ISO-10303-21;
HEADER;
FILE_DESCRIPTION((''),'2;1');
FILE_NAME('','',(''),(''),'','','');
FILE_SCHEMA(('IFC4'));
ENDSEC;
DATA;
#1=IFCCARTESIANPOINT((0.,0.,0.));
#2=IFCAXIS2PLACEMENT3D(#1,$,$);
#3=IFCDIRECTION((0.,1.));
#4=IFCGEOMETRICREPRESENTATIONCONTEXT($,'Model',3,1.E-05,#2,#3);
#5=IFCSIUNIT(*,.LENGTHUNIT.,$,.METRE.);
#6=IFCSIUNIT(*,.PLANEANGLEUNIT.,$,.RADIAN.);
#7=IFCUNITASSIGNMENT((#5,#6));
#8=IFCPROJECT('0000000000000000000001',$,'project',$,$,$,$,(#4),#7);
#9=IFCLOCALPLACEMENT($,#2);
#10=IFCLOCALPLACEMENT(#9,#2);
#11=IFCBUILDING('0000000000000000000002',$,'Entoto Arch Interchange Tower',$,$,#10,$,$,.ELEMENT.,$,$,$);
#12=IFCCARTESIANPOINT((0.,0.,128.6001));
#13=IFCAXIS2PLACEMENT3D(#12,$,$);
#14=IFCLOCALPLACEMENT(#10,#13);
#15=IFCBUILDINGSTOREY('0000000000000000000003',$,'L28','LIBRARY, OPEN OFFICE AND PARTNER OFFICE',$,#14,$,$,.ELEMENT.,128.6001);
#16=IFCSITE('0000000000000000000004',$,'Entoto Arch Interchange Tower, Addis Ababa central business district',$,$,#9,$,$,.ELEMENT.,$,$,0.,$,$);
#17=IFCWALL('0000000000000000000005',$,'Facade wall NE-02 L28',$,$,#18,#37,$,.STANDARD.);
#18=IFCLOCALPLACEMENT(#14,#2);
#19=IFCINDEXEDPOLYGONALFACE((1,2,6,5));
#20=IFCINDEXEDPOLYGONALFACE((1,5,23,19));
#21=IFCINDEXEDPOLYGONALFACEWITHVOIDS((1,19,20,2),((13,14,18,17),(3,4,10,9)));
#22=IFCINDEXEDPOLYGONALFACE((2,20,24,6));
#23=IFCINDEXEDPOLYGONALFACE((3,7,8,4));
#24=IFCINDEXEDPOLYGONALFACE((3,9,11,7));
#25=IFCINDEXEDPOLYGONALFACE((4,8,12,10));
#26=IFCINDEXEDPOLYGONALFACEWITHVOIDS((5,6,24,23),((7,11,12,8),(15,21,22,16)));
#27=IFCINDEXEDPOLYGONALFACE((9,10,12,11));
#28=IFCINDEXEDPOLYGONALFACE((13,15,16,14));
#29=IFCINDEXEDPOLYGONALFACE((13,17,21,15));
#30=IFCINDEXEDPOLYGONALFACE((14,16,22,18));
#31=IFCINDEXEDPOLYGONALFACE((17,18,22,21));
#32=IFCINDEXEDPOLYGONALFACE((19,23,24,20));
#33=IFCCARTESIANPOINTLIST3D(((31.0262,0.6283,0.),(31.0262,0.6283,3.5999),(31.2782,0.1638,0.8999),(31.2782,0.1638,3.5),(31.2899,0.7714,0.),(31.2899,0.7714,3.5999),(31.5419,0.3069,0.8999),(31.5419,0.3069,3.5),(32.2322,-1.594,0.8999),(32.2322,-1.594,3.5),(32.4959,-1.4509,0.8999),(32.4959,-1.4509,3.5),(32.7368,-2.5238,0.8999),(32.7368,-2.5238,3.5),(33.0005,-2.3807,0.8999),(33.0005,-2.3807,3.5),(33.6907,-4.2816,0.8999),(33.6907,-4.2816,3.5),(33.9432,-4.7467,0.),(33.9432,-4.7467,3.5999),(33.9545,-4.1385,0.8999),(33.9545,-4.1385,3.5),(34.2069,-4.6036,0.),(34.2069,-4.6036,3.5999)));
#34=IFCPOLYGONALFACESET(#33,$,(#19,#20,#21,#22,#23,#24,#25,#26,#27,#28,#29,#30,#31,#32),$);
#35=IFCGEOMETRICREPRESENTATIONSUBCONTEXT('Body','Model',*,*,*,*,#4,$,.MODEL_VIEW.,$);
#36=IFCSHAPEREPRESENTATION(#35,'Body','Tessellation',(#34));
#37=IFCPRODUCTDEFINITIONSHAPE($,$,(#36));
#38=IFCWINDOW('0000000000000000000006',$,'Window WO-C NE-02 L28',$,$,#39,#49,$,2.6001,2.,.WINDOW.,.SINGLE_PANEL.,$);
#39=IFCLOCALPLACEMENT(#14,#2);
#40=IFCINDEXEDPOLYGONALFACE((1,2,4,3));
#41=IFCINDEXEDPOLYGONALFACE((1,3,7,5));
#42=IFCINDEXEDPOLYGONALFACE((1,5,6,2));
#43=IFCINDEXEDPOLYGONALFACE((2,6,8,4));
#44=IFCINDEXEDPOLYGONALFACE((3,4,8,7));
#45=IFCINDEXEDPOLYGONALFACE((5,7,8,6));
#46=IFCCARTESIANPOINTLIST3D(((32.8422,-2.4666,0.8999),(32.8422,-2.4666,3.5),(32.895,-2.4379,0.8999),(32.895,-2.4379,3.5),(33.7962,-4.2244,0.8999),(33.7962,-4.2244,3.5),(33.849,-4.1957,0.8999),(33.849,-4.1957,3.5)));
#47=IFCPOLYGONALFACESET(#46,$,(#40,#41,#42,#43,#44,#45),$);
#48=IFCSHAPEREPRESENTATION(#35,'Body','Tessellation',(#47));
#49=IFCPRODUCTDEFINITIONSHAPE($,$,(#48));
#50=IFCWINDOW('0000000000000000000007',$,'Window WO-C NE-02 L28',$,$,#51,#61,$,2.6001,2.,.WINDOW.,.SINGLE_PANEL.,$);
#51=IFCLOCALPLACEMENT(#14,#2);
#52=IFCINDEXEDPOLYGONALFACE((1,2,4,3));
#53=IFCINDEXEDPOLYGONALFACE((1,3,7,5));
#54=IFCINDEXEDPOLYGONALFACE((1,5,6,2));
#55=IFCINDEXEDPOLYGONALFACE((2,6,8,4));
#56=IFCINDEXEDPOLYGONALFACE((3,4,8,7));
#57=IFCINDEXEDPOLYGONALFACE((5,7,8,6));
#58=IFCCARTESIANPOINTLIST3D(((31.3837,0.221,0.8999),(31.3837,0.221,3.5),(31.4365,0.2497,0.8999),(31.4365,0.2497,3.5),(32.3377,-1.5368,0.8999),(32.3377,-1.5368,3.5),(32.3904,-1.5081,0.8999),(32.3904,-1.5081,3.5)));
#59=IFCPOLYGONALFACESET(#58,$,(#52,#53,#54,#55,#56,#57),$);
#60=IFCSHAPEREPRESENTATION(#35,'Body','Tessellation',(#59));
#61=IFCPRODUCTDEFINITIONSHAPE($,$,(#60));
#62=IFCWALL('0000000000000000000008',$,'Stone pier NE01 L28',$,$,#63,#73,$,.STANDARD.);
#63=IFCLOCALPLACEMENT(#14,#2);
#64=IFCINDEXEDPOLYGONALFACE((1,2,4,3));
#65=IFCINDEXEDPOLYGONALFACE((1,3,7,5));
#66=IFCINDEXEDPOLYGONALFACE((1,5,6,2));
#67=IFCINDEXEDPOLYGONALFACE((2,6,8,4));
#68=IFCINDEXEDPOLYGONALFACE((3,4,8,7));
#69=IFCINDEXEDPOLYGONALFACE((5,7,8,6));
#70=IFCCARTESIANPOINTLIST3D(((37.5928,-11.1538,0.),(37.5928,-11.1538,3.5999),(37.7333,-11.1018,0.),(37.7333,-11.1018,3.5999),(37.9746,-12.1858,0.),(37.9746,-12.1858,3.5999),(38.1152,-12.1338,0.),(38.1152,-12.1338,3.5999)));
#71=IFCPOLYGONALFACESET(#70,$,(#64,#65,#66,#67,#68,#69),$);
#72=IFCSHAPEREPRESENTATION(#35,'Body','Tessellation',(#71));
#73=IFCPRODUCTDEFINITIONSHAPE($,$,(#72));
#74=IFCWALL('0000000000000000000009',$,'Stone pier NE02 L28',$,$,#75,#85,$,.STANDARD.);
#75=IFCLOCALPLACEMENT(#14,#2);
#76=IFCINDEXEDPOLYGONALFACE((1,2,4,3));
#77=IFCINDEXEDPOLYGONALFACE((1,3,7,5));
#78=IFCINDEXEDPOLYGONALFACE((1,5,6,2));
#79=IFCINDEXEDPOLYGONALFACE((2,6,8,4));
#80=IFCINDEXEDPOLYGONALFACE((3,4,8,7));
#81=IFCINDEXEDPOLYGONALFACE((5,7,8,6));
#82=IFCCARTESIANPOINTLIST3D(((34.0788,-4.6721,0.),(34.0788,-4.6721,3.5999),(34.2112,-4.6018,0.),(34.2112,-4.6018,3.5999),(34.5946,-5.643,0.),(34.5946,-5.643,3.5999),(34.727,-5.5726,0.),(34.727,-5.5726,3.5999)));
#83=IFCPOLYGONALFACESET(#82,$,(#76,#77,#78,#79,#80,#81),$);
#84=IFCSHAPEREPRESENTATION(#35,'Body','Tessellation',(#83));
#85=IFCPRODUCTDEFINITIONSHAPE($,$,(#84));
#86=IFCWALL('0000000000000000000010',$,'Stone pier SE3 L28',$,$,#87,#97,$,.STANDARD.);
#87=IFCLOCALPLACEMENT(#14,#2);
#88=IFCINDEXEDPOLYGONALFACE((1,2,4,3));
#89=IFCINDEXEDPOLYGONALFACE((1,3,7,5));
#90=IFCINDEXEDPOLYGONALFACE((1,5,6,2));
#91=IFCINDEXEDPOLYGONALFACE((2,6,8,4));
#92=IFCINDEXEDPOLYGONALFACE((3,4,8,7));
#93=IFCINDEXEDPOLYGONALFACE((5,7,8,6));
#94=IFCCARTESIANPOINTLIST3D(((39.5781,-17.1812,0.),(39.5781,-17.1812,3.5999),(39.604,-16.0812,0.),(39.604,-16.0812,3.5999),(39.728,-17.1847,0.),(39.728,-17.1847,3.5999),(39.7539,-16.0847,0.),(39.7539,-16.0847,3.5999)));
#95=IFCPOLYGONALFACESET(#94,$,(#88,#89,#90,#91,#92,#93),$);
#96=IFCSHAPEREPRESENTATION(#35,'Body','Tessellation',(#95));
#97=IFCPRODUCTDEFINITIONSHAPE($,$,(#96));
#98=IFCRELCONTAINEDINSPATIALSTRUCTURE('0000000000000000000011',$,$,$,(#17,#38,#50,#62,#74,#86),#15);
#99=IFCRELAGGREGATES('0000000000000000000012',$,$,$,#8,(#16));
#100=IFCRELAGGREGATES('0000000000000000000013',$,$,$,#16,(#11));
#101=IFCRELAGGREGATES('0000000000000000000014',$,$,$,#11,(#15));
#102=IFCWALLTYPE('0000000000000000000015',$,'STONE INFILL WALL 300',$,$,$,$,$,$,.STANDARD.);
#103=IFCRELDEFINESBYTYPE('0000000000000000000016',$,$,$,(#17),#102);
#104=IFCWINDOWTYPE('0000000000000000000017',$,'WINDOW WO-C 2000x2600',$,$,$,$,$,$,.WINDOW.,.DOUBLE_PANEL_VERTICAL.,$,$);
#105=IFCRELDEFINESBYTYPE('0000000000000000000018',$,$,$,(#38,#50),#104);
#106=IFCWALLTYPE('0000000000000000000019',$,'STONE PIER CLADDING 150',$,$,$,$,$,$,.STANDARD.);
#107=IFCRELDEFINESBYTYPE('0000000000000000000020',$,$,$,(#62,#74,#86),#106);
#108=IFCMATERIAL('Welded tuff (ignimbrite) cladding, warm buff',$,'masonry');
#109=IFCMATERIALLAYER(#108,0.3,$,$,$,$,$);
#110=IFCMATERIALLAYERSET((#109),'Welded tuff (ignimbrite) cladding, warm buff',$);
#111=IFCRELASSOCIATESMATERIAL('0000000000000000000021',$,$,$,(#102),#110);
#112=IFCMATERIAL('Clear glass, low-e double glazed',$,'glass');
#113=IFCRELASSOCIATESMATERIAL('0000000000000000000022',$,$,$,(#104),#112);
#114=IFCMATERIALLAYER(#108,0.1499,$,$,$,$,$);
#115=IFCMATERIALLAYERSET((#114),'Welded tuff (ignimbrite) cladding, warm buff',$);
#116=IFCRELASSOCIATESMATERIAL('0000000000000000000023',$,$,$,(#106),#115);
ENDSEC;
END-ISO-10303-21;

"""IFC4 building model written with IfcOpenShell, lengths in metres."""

from ifc_helpers import new_model, si_unit, direction, frame, frame_2d, origin, place, context, subcontext, project, spatial, rectangle, extrude, material, layer, layer_set, type_object, element, fill, save


model = new_model("IFC4")

# Units and contexts
model_context = context("Model", 3, precision=1e-05, world=origin(), true_north=direction((0.0, 1.0)))
body_context = subcontext(model_context, "Body", "Model", "MODEL_VIEW")
ifc_project = project(units=[si_unit("LENGTHUNIT", "METRE"), si_unit("PLANEANGLEUNIT", "RADIAN")], contexts=[model_context])

# Site, building, storey
site_placement = place(None, origin())
site = spatial("IfcSite", under=ifc_project, at=site_placement, Name="Entoto Arch Interchange Tower, Addis Ababa central business district", CompositionType="ELEMENT", RefElevation=0.0)
building_placement = place(site_placement, origin())
building = spatial("IfcBuilding", under=site, at=building_placement, Name="Entoto Arch Interchange Tower", CompositionType="ELEMENT")
storey_placement = place(building_placement, frame((0.0, 0.0, 128.6001)))
storey = spatial("IfcBuildingStorey", under=building, at=storey_placement, Name="L28", Description="LIBRARY, OPEN OFFICE AND PARTNER OFFICE", CompositionType="ELEMENT", Elevation=128.6001)

# Shared definitions
ifc_material_1 = material(Name="Welded tuff (ignimbrite) cladding, warm buff", Category="masonry")
ifc_layer_1 = layer(ifc_material_1, 0.3)
ifc_layer_set_1 = layer_set([ifc_layer_1], Name="Welded tuff (ignimbrite) cladding, warm buff")
wall_type_1 = type_object("IfcWallType", Name="STONE INFILL WALL 300", PredefinedType="STANDARD", material=ifc_layer_set_1)
ifc_material_2 = material(Name="Clear glass, low-e double glazed", Category="glass")

# Wall, openings, windows
window_type_1 = type_object("IfcWindowType", Name="WINDOW WO-C 2000x2600", PartitioningType="DOUBLE_PANEL_VERTICAL", PredefinedType="WINDOW", material=ifc_material_2)
wall_1_placement = place(storey_placement, frame((34.075, -4.675, 0.0), z_axis=(0.0, 0.0, 1.0), x_axis=(-0.476983, 0.878913, 0.0)))
wall_1 = element("IfcWall", 1, at=wall_1_placement, inside=storey, type_object=wall_type_1, Name="Facade wall NE-02 L28", PredefinedType="STANDARD", context=body_context, shape_type="SweptSolid", body=[
    extrude(rectangle(XDim=6.1155, YDim=0.3, at=frame_2d((3.0576, 0.0))), origin(), (0.0, 0.0, 1.0), 3.5999),
])
opening_1_placement = place(wall_1_placement, frame((0.5291, 0.0, 0.8999)))
opening_1 = element("IfcOpeningElement", 2, at=opening_1_placement, cuts=wall_1, PredefinedType="OPENING", context=body_context, shape_type="SweptSolid", body=[
    extrude(rectangle(XDim=2.0, YDim=2.6001, at=frame_2d((1.0, 1.3))), frame((0.0, 0.1602, 0.0), z_axis=(0.0, -1.0, 0.0), x_axis=(1.0, 0.0, 0.0)), (0.0, 0.0, 1.0), 0.3201),
])
opening_2_placement = place(wall_1_placement, frame((3.5869, 0.0, 0.8999)))
opening_2 = element("IfcOpeningElement", 3, at=opening_2_placement, cuts=wall_1, PredefinedType="OPENING", context=body_context, shape_type="SweptSolid", body=[
    extrude(rectangle(XDim=2.0, YDim=2.6001, at=frame_2d((1.0, 1.3))), frame((0.0, 0.1602, 0.0), z_axis=(0.0, -1.0, 0.0), x_axis=(1.0, 0.0, 0.0)), (0.0, 0.0, 1.0), 0.3201),
])
window_1_placement = place(opening_1_placement, origin())
window_1 = element("IfcWindow", 4, at=window_1_placement, inside=storey, type_object=window_type_1, Name="Window WO-C NE-02 L28", OverallHeight=2.6001, OverallWidth=2.0, PartitioningType="SINGLE_PANEL", PredefinedType="WINDOW", context=body_context, shape_type="SweptSolid", body=[
    extrude(rectangle(XDim=2.0, YDim=2.6001, at=frame_2d((1.0, 1.3))), frame((0.0, 0.03, 0.0), z_axis=(0.0, -1.0, 0.0), x_axis=(1.0, 0.0, 0.0)), (0.0, 0.0, 1.0), 0.0601),
])
fill(opening_1, window_1)
window_2_placement = place(opening_2_placement, origin())
window_2 = element("IfcWindow", 5, at=window_2_placement, inside=storey, type_object=window_type_1, Name="Window WO-C NE-02 L28", OverallHeight=2.6001, OverallWidth=2.0, PartitioningType="SINGLE_PANEL", PredefinedType="WINDOW", context=body_context, shape_type="SweptSolid", body=[
    extrude(rectangle(XDim=2.0, YDim=2.6001, at=frame_2d((1.0, 1.3))), frame((0.0, 0.03, 0.0), z_axis=(0.0, -1.0, 0.0), x_axis=(1.0, 0.0, 0.0)), (0.0, 0.0, 1.0), 0.0601),
])
fill(opening_2, window_2)

# Walls
ifc_layer_2 = layer(ifc_material_1, 0.1499)
ifc_layer_set_2 = layer_set([ifc_layer_2], Name="Welded tuff (ignimbrite) cladding, warm buff")
wall_type_2 = type_object("IfcWallType", Name="STONE PIER CLADDING 150", PredefinedType="STANDARD", material=ifc_layer_set_2)
wall_2_placement = place(storey_placement, frame((38.0449, -12.1599, 0.0), z_axis=(0.0, 0.0, 1.0), x_axis=(-0.347011, 0.937861, 0.0)))
element("IfcWall", 6, at=wall_2_placement, inside=storey, type_object=wall_type_2, Name="Stone pier NE01 L28", PredefinedType="STANDARD", context=body_context, shape_type="SweptSolid", body=[
    extrude(rectangle(XDim=1.1003, YDim=0.1499, at=frame_2d((0.5503, 0.0))), origin(), (0.0, 0.0, 1.0), 3.5999),
])
wall_3_placement = place(storey_placement, frame((34.6609, -5.6079, 0.0), z_axis=(0.0, 0.0, 1.0), x_axis=(-0.469193, 0.883096, 0.0)))
element("IfcWall", 7, at=wall_3_placement, inside=storey, type_object=wall_type_2, Name="Stone pier NE02 L28", PredefinedType="STANDARD", context=body_context, shape_type="SweptSolid", body=[
    extrude(rectangle(XDim=1.0994, YDim=0.1499, at=frame_2d((0.5498, 0.0))), origin(), (0.0, 0.0, 1.0), 3.5999),
])
wall_4_placement = place(storey_placement, frame((39.6531, -17.1831, 0.0), z_axis=(0.0, 0.0, 1.0), x_axis=(0.023518, 0.999723, 0.0)))
element("IfcWall", 8, at=wall_4_placement, inside=storey, type_object=wall_type_2, Name="Stone pier SE3 L28", PredefinedType="STANDARD", context=body_context, shape_type="SweptSolid", body=[
    extrude(rectangle(XDim=1.1003, YDim=0.1499, at=frame_2d((0.5503, 0.0))), origin(), (0.0, 0.0, 1.0), 3.5999),
])

save(model, "model.ifc")
